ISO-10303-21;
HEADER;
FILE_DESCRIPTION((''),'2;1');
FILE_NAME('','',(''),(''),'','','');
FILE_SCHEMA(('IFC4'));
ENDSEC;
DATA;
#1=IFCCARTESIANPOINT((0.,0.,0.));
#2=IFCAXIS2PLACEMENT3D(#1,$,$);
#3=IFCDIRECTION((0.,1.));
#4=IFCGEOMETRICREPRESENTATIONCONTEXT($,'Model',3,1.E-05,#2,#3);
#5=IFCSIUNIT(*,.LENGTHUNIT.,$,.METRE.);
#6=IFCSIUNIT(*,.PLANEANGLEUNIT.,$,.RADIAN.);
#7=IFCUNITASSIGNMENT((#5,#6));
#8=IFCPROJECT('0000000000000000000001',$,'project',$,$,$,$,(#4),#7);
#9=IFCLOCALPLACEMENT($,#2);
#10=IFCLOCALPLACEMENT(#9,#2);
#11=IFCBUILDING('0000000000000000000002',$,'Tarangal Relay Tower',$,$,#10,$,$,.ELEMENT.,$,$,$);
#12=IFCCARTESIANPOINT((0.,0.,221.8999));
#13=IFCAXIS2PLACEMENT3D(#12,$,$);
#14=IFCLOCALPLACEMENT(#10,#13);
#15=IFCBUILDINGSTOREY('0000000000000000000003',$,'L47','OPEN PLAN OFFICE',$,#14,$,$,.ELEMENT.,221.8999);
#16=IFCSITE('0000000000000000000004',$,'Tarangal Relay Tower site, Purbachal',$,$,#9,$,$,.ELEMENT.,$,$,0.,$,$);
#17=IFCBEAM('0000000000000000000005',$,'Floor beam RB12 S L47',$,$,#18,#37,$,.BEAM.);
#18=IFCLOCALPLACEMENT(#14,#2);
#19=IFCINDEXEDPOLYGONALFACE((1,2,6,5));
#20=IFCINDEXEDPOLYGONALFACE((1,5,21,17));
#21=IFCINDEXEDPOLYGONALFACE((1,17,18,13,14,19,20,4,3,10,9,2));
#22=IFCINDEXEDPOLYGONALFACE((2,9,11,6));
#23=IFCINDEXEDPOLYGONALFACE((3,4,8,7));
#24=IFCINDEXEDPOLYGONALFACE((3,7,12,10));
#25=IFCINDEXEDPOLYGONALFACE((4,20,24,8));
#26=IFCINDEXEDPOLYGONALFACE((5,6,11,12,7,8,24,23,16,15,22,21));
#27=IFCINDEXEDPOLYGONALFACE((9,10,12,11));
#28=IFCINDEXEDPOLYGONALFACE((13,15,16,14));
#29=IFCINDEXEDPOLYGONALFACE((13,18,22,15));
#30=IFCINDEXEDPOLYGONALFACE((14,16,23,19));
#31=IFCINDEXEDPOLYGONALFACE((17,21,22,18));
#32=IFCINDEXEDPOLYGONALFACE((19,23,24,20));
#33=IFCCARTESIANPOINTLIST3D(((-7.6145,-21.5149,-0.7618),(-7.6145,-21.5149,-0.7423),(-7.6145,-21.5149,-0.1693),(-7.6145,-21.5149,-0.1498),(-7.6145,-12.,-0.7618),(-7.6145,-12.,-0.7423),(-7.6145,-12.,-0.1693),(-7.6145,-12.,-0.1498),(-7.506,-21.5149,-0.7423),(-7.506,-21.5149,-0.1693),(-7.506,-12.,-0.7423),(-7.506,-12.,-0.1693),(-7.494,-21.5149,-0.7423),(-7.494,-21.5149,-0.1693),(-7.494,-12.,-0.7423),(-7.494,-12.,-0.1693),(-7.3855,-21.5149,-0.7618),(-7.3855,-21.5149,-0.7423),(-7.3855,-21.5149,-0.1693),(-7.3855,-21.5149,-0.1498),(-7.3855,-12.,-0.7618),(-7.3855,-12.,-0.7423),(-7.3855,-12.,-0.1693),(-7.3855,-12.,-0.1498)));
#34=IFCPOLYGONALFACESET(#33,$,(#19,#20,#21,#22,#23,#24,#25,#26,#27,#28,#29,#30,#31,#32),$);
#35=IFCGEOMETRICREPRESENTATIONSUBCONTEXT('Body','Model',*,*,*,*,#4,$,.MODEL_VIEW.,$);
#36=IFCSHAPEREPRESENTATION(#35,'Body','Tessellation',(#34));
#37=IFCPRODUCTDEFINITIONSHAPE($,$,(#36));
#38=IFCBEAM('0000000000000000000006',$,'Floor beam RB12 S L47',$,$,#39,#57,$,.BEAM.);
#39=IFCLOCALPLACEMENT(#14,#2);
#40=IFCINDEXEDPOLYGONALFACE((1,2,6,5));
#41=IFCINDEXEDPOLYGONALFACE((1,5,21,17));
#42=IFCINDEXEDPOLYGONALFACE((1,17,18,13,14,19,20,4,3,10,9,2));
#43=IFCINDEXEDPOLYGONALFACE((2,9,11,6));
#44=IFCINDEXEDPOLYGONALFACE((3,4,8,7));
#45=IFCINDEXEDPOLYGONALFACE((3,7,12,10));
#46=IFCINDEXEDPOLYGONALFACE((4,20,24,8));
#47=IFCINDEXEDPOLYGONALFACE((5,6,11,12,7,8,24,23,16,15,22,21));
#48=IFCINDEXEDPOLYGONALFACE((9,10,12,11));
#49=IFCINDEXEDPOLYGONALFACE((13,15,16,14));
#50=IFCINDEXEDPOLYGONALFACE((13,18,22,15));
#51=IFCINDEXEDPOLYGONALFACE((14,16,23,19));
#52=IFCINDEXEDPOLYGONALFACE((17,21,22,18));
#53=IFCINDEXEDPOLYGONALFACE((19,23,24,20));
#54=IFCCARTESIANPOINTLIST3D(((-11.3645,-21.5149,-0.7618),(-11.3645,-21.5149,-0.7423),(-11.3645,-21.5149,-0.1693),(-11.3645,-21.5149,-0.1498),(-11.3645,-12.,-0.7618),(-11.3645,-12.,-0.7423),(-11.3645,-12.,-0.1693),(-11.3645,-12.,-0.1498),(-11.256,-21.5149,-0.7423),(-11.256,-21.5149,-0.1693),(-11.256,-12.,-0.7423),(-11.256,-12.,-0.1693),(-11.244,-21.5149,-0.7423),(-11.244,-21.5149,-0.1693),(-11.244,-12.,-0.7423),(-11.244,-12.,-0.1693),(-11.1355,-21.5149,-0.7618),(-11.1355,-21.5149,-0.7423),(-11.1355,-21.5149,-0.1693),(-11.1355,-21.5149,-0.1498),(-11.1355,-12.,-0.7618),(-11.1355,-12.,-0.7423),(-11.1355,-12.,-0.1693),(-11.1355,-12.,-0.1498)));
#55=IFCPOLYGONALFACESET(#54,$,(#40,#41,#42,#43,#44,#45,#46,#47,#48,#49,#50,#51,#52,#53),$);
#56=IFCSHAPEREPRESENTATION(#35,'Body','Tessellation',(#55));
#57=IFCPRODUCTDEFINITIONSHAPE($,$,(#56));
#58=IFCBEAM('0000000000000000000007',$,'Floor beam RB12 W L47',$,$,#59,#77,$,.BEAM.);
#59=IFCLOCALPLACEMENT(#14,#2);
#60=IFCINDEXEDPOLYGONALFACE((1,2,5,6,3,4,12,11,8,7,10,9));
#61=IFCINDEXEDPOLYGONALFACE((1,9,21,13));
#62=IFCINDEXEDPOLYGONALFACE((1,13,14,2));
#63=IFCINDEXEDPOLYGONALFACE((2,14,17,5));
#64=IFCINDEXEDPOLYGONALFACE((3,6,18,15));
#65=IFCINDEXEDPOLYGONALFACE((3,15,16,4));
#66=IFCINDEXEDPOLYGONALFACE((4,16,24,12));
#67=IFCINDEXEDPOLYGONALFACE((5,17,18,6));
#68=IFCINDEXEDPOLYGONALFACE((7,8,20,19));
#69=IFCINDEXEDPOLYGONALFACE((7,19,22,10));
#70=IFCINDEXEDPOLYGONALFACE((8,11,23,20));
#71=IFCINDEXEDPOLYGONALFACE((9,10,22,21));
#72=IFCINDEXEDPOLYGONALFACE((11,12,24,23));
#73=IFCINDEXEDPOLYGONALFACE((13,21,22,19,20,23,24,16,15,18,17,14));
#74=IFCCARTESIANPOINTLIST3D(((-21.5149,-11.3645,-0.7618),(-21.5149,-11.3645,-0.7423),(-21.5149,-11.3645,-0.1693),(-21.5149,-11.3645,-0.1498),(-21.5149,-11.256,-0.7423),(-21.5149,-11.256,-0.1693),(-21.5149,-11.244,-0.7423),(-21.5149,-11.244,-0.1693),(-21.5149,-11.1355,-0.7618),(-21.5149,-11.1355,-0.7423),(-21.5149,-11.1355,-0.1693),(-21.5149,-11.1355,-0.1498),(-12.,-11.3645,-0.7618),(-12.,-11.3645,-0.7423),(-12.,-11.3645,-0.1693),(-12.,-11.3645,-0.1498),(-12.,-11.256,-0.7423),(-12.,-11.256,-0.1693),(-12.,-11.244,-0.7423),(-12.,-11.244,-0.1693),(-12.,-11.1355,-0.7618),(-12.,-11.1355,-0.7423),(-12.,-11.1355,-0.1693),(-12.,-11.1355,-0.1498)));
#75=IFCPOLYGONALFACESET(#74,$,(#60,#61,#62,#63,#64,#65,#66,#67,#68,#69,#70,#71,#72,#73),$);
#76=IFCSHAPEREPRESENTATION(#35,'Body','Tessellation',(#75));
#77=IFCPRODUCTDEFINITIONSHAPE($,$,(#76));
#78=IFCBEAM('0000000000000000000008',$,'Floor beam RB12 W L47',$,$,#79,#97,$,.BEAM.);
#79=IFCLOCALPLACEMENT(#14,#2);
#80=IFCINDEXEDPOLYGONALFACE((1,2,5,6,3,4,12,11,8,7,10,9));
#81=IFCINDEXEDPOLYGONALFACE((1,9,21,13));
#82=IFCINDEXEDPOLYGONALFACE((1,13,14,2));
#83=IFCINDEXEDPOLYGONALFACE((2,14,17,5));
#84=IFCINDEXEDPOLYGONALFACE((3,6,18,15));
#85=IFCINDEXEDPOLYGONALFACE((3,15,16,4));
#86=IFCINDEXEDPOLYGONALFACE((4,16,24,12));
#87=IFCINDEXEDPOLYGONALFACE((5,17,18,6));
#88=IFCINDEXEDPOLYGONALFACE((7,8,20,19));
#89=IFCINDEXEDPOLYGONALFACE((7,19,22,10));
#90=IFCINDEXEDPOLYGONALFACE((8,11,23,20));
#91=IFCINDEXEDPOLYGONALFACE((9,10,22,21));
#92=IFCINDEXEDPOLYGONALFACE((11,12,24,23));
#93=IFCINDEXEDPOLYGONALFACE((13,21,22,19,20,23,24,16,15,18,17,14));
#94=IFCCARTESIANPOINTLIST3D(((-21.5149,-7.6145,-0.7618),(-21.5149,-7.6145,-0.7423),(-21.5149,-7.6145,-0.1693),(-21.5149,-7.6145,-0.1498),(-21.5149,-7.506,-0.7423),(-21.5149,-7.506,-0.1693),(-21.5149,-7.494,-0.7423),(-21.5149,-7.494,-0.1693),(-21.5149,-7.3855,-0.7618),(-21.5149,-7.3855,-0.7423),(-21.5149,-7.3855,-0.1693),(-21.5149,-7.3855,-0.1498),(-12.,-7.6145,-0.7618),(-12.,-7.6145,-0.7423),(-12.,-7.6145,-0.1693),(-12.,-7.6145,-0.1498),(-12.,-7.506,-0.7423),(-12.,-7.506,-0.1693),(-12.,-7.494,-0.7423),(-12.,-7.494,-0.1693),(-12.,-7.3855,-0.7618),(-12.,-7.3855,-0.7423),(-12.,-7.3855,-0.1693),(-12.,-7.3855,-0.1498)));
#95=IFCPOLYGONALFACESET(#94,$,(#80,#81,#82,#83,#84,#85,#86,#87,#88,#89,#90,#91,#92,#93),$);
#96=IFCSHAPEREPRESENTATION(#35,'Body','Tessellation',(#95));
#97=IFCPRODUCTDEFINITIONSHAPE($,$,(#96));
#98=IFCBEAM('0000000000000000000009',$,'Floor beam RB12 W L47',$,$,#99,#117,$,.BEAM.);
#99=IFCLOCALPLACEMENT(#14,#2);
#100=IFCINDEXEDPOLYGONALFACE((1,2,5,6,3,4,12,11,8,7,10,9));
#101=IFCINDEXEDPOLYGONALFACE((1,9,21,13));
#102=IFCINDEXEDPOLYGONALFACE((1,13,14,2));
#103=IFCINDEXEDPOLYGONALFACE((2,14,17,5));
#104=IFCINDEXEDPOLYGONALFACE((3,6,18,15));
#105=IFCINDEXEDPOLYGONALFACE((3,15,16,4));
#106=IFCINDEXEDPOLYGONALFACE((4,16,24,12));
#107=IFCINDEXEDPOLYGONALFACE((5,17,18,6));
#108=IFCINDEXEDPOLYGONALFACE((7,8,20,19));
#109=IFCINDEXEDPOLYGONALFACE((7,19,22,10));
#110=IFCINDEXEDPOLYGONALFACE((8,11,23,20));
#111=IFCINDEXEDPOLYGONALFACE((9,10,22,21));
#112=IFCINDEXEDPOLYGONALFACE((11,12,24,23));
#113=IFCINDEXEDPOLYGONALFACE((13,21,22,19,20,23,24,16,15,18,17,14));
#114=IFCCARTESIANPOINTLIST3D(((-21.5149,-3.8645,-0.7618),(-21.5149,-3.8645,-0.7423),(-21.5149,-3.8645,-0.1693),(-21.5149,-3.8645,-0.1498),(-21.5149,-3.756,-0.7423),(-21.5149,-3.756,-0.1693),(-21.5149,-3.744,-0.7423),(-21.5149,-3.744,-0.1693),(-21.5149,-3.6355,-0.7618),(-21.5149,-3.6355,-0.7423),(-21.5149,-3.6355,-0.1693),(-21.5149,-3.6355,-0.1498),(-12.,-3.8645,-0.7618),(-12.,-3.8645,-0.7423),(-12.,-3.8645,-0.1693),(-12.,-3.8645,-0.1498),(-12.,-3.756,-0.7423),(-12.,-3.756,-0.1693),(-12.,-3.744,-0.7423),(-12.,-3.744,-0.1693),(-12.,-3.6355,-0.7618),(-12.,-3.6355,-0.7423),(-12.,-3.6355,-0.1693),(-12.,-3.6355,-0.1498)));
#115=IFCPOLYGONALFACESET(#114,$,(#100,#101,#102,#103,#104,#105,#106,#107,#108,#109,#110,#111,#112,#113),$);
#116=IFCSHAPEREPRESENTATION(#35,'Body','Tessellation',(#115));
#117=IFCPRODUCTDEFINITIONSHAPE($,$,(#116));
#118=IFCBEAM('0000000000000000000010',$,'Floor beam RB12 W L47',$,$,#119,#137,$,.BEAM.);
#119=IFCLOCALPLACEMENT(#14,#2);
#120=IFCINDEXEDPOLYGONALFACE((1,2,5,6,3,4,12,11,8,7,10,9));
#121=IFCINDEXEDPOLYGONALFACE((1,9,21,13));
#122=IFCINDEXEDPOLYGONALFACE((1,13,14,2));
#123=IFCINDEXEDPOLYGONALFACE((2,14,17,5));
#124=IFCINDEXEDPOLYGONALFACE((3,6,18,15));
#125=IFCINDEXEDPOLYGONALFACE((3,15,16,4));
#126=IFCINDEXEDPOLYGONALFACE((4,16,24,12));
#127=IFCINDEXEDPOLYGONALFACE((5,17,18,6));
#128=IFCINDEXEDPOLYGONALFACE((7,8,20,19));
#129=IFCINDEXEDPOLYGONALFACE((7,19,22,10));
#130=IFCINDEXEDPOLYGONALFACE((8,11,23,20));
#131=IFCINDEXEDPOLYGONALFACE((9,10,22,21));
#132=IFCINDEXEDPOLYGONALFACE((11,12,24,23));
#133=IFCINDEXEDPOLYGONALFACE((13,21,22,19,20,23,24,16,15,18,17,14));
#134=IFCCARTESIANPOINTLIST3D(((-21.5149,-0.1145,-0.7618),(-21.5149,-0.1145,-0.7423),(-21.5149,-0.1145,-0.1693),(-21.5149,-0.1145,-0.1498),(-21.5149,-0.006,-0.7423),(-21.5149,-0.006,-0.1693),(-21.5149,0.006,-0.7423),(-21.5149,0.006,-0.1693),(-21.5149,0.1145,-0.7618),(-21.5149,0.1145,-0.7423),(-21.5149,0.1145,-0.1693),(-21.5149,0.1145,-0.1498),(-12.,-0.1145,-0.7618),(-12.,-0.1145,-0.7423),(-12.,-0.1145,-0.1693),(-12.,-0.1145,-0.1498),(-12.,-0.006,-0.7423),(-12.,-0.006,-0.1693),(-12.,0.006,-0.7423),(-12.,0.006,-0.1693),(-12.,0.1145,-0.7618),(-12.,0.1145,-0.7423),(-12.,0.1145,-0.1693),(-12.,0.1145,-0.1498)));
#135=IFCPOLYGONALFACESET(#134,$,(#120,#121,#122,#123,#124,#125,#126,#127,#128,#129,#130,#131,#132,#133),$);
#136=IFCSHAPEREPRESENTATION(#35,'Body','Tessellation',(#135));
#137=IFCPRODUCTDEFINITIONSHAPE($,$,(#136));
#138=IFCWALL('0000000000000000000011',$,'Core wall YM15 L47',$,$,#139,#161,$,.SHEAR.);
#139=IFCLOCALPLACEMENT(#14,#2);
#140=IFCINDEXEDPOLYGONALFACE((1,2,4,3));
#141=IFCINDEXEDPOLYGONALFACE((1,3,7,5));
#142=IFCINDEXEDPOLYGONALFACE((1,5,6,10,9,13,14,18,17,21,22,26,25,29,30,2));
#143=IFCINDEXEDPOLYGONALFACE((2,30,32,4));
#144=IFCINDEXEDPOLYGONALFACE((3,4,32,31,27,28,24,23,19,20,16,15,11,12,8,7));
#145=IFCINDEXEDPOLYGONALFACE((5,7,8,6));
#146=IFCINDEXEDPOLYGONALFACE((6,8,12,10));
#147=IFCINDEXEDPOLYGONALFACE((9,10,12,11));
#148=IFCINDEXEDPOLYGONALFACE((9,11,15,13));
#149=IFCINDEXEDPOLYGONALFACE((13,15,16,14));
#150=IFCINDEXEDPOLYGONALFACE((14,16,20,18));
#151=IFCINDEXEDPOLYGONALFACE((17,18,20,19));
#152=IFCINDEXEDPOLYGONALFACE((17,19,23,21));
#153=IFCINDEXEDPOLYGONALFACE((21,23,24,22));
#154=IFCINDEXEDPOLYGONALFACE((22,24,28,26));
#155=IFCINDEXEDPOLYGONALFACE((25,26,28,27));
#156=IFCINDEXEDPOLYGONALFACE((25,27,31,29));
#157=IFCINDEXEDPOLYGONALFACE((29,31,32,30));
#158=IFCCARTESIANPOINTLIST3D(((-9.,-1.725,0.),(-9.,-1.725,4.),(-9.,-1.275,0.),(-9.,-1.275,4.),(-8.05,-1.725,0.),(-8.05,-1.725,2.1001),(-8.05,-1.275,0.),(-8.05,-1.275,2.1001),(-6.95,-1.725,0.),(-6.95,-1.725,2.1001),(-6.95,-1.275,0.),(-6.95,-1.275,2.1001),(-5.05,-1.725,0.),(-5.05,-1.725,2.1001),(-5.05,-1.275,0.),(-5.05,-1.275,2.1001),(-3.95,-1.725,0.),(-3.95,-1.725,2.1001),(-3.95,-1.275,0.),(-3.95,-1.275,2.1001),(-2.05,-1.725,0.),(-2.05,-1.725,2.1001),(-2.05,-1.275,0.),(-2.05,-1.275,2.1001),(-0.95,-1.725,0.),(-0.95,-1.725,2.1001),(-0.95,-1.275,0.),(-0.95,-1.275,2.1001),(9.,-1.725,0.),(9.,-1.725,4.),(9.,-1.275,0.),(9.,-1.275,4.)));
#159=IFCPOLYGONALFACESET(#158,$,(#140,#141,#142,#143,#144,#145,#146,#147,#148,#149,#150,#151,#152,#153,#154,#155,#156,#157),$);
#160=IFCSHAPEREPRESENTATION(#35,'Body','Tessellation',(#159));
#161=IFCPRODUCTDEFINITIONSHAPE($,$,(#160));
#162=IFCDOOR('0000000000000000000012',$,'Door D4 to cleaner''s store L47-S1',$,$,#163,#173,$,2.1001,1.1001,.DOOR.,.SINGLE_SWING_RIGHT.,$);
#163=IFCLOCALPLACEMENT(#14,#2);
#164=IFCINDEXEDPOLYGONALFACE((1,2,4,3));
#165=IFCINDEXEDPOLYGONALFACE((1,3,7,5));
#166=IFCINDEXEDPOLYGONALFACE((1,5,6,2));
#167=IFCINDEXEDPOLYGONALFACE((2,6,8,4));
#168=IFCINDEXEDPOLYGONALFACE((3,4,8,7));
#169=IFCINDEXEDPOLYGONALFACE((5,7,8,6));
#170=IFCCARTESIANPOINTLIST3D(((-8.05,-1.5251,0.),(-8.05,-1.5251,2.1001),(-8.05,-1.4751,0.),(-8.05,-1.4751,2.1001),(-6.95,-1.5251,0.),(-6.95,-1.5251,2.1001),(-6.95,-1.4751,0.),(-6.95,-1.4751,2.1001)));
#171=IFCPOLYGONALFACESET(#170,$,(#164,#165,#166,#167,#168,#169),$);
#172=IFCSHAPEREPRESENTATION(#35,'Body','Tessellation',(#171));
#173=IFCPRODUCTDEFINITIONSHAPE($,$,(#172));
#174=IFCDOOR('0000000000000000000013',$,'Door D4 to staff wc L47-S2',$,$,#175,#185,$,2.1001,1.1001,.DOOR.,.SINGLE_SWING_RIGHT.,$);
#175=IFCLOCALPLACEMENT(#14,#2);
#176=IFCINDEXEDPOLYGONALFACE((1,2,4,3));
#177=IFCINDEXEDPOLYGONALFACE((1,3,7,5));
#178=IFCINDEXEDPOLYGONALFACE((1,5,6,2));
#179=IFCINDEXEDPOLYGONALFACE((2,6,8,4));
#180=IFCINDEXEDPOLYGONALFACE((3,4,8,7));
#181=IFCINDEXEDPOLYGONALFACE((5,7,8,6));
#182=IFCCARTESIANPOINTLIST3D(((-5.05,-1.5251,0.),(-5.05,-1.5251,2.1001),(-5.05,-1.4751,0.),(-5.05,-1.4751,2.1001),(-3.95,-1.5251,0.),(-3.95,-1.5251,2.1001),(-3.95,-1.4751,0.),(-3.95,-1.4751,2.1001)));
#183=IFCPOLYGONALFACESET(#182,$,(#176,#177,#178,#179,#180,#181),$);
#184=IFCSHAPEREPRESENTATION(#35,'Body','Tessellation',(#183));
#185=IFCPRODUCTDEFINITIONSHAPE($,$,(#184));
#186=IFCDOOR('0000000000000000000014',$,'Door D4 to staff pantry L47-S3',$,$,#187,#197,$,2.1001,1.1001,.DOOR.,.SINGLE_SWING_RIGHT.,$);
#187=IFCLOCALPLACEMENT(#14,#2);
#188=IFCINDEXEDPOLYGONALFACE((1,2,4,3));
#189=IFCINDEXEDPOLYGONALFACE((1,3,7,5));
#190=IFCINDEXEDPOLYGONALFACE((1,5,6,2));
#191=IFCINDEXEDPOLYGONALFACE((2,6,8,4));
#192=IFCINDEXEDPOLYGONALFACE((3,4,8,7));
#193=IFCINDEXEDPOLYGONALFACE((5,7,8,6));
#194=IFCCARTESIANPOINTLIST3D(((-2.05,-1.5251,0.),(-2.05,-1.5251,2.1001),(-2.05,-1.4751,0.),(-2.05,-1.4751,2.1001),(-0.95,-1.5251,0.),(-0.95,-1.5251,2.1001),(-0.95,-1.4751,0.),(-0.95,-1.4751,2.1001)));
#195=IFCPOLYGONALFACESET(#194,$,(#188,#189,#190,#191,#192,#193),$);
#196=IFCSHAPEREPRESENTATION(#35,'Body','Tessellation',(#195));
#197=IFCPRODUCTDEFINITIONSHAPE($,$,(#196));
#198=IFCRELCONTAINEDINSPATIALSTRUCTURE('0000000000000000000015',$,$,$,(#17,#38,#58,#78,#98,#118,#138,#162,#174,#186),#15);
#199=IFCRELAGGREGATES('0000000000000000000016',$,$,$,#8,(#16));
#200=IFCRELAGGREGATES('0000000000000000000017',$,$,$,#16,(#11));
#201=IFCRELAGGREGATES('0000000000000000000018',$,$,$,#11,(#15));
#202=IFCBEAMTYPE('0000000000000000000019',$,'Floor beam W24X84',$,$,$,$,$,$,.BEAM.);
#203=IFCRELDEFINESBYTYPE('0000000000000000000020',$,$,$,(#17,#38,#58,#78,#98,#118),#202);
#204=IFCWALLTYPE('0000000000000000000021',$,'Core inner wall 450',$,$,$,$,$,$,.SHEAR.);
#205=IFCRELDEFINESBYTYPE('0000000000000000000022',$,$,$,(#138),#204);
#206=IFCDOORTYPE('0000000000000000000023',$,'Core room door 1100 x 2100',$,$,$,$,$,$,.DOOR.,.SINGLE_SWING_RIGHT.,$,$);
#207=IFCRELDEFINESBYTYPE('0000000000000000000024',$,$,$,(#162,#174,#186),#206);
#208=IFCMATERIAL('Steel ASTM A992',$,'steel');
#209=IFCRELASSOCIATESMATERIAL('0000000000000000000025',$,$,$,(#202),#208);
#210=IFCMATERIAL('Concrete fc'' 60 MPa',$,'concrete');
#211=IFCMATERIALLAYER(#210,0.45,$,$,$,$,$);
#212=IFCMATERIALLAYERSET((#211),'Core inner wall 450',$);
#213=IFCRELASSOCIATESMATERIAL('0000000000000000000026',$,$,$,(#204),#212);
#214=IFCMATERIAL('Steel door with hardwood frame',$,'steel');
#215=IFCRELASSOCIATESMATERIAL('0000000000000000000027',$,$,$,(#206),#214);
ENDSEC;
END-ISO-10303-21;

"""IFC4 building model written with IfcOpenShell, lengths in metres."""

from ifc_helpers import new_model, si_unit, direction, frame, frame_2d, origin, origin_2d, place, context, subcontext, project, spatial, rectangle, i_section, extrude, material, layer, layer_set, material_profile, profile_set, type_object, element, fill, save


model = new_model("IFC4")

# Units and contexts
model_context = context("Model", 3, precision=1e-05, world=origin(), true_north=direction((0.0, 1.0)))
body_context = subcontext(model_context, "Body", "Model", "MODEL_VIEW")
ifc_project = project(units=[si_unit("LENGTHUNIT", "METRE"), si_unit("PLANEANGLEUNIT", "RADIAN")], contexts=[model_context])

# Site, building, storey
site_placement = place(None, origin())
site = spatial("IfcSite", under=ifc_project, at=site_placement, Name="Tarangal Relay Tower site, Purbachal", CompositionType="ELEMENT", RefElevation=0.0)
building_placement = place(site_placement, origin())
building = spatial("IfcBuilding", under=site, at=building_placement, Name="Tarangal Relay Tower", CompositionType="ELEMENT")
storey_placement = place(building_placement, frame((0.0, 0.0, 221.8999)))
storey = spatial("IfcBuildingStorey", under=building, at=storey_placement, Name="L47", Description="OPEN PLAN OFFICE", CompositionType="ELEMENT", Elevation=221.8999)

# Beams
ifc_material_1 = material(Name="Steel ASTM A992", Category="steel")
ifc_material_profile = material_profile(ifc_material_1, i_section(OverallWidth=0.229, OverallDepth=0.6121, WebThickness=0.012, FlangeThickness=0.0195, at=origin_2d()), Name="W24X84")
ifc_profile_set = profile_set([ifc_material_profile], Name="Steel ASTM A992")
beam_type = type_object("IfcBeamType", Name="Floor beam W24X84", PredefinedType="BEAM", material=ifc_profile_set)
for number, where, z_axis, x_axis, name in (
    (1, (-7.5, -12.0, -0.4558), (0.0, -1.0, 0.0), (1.0, 0.0, 0.0), "Floor beam RB12 S L47"),
    (2, (-11.25, -12.0, -0.4558), (0.0, -1.0, 0.0), (1.0, 0.0, 0.0), "Floor beam RB12 S L47"),
    (3, (-12.0, -11.25, -0.4558), (-1.0, 0.0, 0.0), (0.0, -1.0, 0.0), "Floor beam RB12 W L47"),
    (4, (-12.0, -7.5, -0.4558), (-1.0, 0.0, 0.0), (0.0, -1.0, 0.0), "Floor beam RB12 W L47"),
    (5, (-12.0, -3.75, -0.4558), (-1.0, 0.0, 0.0), (0.0, -1.0, 0.0), "Floor beam RB12 W L47"),
    (6, (-12.0, 0.0, -0.4558), (-1.0, 0.0, 0.0), (0.0, -1.0, 0.0), "Floor beam RB12 W L47"),
):
    element("IfcBeam", number, at=place(storey_placement, frame(where, z_axis=z_axis, x_axis=x_axis)), inside=storey, type_object=beam_type, Name=name, PredefinedType="BEAM", context=body_context, shape_type="SweptSolid", body=[
        extrude(i_section(OverallWidth=0.229, OverallDepth=0.6121, WebThickness=0.012, FlangeThickness=0.0195, at=origin_2d()), origin(), (0.0, 0.0, 1.0), 9.5149),
    ])

# Wall, openings, doors
ifc_material_2 = material(Name="Concrete fc' 60 MPa", Category="concrete")
ifc_layer_1 = layer(ifc_material_2, 0.45)
ifc_layer_set_1 = layer_set([ifc_layer_1], Name="Core inner wall 450")
wall_type_1 = type_object("IfcWallType", Name="Core inner wall 450", PredefinedType="SHEAR", material=ifc_layer_set_1)
wall_1_placement = place(storey_placement, frame((-9.0, -1.5, 0.0), z_axis=(0.0, 0.0, 1.0), x_axis=(1.0, 0.0, 0.0)))
wall_1 = element("IfcWall", 7, at=wall_1_placement, inside=storey, type_object=wall_type_1, Name="Core wall YM15 L47", PredefinedType="SHEAR", context=body_context, shape_type="SweptSolid", body=[
    extrude(rectangle(XDim=18.0, YDim=0.45, at=frame_2d((9.0, 0.0))), origin(), (0.0, 0.0, 1.0), 4.0),
])
opening_1_placement = place(wall_1_placement, frame((0.95, 0.0, 0.0)))
opening_1 = element("IfcOpeningElement", 8, at=opening_1_placement, cuts=wall_1, PredefinedType="OPENING", context=body_context, shape_type="SweptSolid", body=[
    extrude(rectangle(XDim=1.1001, YDim=2.1001, at=frame_2d((0.55, 1.05))), frame((0.0, 0.2349, 0.0), z_axis=(0.0, -1.0, 0.0), x_axis=(1.0, 0.0, 0.0)), (0.0, 0.0, 1.0), 0.47),
])
opening_2_placement = place(wall_1_placement, frame((3.95, 0.0, 0.0)))
opening_2 = element("IfcOpeningElement", 9, at=opening_2_placement, cuts=wall_1, PredefinedType="OPENING", context=body_context, shape_type="SweptSolid", body=[
    extrude(rectangle(XDim=1.1001, YDim=2.1001, at=frame_2d((0.55, 1.05))), frame((0.0, 0.2349, 0.0), z_axis=(0.0, -1.0, 0.0), x_axis=(1.0, 0.0, 0.0)), (0.0, 0.0, 1.0), 0.47),
])
opening_3_placement = place(wall_1_placement, frame((6.95, 0.0, 0.0)))
opening_3 = element("IfcOpeningElement", 10, at=opening_3_placement, cuts=wall_1, PredefinedType="OPENING", context=body_context, shape_type="SweptSolid", body=[
    extrude(rectangle(XDim=1.1001, YDim=2.1001, at=frame_2d((0.55, 1.05))), frame((0.0, 0.2349, 0.0), z_axis=(0.0, -1.0, 0.0), x_axis=(1.0, 0.0, 0.0)), (0.0, 0.0, 1.0), 0.47),
])
ifc_material_3 = material(Name="Steel door with hardwood frame", Category="steel")
door_type_1 = type_object("IfcDoorType", Name="Core room door 1100 x 2100", OperationType="SINGLE_SWING_RIGHT", PredefinedType="DOOR", material=ifc_material_3)
door_1_placement = place(opening_1_placement, origin())
door_1 = element("IfcDoor", 11, at=door_1_placement, inside=storey, type_object=door_type_1, Name="Door D4 to cleaner's store L47-S1", OperationType="SINGLE_SWING_RIGHT", OverallHeight=2.1001, OverallWidth=1.1001, PredefinedType="DOOR", context=body_context, shape_type="SweptSolid", body=[
    extrude(rectangle(XDim=1.1001, YDim=2.1001, at=frame_2d((0.55, 1.05))), frame((0.0, 0.0249, 0.0), z_axis=(0.0, -1.0, 0.0), x_axis=(1.0, 0.0, 0.0)), (0.0, 0.0, 1.0), 0.05),
])
fill(opening_1, door_1)
door_2_placement = place(opening_2_placement, origin())
door_2 = element("IfcDoor", 12, at=door_2_placement, inside=storey, type_object=door_type_1, Name="Door D4 to staff wc L47-S2", OperationType="SINGLE_SWING_RIGHT", OverallHeight=2.1001, OverallWidth=1.1001, PredefinedType="DOOR", context=body_context, shape_type="SweptSolid", body=[
    extrude(rectangle(XDim=1.1001, YDim=2.1001, at=frame_2d((0.55, 1.05))), frame((0.0, 0.0249, 0.0), z_axis=(0.0, -1.0, 0.0), x_axis=(1.0, 0.0, 0.0)), (0.0, 0.0, 1.0), 0.05),
])
fill(opening_2, door_2)
door_3_placement = place(opening_3_placement, origin())
door_3 = element("IfcDoor", 13, at=door_3_placement, inside=storey, type_object=door_type_1, Name="Door D4 to staff pantry L47-S3", OperationType="SINGLE_SWING_RIGHT", OverallHeight=2.1001, OverallWidth=1.1001, PredefinedType="DOOR", context=body_context, shape_type="SweptSolid", body=[
    extrude(rectangle(XDim=1.1001, YDim=2.1001, at=frame_2d((0.55, 1.05))), frame((0.0, 0.0249, 0.0), z_axis=(0.0, -1.0, 0.0), x_axis=(1.0, 0.0, 0.0)), (0.0, 0.0, 1.0), 0.05),
])
fill(opening_3, door_3)

save(model, "model.ifc")
